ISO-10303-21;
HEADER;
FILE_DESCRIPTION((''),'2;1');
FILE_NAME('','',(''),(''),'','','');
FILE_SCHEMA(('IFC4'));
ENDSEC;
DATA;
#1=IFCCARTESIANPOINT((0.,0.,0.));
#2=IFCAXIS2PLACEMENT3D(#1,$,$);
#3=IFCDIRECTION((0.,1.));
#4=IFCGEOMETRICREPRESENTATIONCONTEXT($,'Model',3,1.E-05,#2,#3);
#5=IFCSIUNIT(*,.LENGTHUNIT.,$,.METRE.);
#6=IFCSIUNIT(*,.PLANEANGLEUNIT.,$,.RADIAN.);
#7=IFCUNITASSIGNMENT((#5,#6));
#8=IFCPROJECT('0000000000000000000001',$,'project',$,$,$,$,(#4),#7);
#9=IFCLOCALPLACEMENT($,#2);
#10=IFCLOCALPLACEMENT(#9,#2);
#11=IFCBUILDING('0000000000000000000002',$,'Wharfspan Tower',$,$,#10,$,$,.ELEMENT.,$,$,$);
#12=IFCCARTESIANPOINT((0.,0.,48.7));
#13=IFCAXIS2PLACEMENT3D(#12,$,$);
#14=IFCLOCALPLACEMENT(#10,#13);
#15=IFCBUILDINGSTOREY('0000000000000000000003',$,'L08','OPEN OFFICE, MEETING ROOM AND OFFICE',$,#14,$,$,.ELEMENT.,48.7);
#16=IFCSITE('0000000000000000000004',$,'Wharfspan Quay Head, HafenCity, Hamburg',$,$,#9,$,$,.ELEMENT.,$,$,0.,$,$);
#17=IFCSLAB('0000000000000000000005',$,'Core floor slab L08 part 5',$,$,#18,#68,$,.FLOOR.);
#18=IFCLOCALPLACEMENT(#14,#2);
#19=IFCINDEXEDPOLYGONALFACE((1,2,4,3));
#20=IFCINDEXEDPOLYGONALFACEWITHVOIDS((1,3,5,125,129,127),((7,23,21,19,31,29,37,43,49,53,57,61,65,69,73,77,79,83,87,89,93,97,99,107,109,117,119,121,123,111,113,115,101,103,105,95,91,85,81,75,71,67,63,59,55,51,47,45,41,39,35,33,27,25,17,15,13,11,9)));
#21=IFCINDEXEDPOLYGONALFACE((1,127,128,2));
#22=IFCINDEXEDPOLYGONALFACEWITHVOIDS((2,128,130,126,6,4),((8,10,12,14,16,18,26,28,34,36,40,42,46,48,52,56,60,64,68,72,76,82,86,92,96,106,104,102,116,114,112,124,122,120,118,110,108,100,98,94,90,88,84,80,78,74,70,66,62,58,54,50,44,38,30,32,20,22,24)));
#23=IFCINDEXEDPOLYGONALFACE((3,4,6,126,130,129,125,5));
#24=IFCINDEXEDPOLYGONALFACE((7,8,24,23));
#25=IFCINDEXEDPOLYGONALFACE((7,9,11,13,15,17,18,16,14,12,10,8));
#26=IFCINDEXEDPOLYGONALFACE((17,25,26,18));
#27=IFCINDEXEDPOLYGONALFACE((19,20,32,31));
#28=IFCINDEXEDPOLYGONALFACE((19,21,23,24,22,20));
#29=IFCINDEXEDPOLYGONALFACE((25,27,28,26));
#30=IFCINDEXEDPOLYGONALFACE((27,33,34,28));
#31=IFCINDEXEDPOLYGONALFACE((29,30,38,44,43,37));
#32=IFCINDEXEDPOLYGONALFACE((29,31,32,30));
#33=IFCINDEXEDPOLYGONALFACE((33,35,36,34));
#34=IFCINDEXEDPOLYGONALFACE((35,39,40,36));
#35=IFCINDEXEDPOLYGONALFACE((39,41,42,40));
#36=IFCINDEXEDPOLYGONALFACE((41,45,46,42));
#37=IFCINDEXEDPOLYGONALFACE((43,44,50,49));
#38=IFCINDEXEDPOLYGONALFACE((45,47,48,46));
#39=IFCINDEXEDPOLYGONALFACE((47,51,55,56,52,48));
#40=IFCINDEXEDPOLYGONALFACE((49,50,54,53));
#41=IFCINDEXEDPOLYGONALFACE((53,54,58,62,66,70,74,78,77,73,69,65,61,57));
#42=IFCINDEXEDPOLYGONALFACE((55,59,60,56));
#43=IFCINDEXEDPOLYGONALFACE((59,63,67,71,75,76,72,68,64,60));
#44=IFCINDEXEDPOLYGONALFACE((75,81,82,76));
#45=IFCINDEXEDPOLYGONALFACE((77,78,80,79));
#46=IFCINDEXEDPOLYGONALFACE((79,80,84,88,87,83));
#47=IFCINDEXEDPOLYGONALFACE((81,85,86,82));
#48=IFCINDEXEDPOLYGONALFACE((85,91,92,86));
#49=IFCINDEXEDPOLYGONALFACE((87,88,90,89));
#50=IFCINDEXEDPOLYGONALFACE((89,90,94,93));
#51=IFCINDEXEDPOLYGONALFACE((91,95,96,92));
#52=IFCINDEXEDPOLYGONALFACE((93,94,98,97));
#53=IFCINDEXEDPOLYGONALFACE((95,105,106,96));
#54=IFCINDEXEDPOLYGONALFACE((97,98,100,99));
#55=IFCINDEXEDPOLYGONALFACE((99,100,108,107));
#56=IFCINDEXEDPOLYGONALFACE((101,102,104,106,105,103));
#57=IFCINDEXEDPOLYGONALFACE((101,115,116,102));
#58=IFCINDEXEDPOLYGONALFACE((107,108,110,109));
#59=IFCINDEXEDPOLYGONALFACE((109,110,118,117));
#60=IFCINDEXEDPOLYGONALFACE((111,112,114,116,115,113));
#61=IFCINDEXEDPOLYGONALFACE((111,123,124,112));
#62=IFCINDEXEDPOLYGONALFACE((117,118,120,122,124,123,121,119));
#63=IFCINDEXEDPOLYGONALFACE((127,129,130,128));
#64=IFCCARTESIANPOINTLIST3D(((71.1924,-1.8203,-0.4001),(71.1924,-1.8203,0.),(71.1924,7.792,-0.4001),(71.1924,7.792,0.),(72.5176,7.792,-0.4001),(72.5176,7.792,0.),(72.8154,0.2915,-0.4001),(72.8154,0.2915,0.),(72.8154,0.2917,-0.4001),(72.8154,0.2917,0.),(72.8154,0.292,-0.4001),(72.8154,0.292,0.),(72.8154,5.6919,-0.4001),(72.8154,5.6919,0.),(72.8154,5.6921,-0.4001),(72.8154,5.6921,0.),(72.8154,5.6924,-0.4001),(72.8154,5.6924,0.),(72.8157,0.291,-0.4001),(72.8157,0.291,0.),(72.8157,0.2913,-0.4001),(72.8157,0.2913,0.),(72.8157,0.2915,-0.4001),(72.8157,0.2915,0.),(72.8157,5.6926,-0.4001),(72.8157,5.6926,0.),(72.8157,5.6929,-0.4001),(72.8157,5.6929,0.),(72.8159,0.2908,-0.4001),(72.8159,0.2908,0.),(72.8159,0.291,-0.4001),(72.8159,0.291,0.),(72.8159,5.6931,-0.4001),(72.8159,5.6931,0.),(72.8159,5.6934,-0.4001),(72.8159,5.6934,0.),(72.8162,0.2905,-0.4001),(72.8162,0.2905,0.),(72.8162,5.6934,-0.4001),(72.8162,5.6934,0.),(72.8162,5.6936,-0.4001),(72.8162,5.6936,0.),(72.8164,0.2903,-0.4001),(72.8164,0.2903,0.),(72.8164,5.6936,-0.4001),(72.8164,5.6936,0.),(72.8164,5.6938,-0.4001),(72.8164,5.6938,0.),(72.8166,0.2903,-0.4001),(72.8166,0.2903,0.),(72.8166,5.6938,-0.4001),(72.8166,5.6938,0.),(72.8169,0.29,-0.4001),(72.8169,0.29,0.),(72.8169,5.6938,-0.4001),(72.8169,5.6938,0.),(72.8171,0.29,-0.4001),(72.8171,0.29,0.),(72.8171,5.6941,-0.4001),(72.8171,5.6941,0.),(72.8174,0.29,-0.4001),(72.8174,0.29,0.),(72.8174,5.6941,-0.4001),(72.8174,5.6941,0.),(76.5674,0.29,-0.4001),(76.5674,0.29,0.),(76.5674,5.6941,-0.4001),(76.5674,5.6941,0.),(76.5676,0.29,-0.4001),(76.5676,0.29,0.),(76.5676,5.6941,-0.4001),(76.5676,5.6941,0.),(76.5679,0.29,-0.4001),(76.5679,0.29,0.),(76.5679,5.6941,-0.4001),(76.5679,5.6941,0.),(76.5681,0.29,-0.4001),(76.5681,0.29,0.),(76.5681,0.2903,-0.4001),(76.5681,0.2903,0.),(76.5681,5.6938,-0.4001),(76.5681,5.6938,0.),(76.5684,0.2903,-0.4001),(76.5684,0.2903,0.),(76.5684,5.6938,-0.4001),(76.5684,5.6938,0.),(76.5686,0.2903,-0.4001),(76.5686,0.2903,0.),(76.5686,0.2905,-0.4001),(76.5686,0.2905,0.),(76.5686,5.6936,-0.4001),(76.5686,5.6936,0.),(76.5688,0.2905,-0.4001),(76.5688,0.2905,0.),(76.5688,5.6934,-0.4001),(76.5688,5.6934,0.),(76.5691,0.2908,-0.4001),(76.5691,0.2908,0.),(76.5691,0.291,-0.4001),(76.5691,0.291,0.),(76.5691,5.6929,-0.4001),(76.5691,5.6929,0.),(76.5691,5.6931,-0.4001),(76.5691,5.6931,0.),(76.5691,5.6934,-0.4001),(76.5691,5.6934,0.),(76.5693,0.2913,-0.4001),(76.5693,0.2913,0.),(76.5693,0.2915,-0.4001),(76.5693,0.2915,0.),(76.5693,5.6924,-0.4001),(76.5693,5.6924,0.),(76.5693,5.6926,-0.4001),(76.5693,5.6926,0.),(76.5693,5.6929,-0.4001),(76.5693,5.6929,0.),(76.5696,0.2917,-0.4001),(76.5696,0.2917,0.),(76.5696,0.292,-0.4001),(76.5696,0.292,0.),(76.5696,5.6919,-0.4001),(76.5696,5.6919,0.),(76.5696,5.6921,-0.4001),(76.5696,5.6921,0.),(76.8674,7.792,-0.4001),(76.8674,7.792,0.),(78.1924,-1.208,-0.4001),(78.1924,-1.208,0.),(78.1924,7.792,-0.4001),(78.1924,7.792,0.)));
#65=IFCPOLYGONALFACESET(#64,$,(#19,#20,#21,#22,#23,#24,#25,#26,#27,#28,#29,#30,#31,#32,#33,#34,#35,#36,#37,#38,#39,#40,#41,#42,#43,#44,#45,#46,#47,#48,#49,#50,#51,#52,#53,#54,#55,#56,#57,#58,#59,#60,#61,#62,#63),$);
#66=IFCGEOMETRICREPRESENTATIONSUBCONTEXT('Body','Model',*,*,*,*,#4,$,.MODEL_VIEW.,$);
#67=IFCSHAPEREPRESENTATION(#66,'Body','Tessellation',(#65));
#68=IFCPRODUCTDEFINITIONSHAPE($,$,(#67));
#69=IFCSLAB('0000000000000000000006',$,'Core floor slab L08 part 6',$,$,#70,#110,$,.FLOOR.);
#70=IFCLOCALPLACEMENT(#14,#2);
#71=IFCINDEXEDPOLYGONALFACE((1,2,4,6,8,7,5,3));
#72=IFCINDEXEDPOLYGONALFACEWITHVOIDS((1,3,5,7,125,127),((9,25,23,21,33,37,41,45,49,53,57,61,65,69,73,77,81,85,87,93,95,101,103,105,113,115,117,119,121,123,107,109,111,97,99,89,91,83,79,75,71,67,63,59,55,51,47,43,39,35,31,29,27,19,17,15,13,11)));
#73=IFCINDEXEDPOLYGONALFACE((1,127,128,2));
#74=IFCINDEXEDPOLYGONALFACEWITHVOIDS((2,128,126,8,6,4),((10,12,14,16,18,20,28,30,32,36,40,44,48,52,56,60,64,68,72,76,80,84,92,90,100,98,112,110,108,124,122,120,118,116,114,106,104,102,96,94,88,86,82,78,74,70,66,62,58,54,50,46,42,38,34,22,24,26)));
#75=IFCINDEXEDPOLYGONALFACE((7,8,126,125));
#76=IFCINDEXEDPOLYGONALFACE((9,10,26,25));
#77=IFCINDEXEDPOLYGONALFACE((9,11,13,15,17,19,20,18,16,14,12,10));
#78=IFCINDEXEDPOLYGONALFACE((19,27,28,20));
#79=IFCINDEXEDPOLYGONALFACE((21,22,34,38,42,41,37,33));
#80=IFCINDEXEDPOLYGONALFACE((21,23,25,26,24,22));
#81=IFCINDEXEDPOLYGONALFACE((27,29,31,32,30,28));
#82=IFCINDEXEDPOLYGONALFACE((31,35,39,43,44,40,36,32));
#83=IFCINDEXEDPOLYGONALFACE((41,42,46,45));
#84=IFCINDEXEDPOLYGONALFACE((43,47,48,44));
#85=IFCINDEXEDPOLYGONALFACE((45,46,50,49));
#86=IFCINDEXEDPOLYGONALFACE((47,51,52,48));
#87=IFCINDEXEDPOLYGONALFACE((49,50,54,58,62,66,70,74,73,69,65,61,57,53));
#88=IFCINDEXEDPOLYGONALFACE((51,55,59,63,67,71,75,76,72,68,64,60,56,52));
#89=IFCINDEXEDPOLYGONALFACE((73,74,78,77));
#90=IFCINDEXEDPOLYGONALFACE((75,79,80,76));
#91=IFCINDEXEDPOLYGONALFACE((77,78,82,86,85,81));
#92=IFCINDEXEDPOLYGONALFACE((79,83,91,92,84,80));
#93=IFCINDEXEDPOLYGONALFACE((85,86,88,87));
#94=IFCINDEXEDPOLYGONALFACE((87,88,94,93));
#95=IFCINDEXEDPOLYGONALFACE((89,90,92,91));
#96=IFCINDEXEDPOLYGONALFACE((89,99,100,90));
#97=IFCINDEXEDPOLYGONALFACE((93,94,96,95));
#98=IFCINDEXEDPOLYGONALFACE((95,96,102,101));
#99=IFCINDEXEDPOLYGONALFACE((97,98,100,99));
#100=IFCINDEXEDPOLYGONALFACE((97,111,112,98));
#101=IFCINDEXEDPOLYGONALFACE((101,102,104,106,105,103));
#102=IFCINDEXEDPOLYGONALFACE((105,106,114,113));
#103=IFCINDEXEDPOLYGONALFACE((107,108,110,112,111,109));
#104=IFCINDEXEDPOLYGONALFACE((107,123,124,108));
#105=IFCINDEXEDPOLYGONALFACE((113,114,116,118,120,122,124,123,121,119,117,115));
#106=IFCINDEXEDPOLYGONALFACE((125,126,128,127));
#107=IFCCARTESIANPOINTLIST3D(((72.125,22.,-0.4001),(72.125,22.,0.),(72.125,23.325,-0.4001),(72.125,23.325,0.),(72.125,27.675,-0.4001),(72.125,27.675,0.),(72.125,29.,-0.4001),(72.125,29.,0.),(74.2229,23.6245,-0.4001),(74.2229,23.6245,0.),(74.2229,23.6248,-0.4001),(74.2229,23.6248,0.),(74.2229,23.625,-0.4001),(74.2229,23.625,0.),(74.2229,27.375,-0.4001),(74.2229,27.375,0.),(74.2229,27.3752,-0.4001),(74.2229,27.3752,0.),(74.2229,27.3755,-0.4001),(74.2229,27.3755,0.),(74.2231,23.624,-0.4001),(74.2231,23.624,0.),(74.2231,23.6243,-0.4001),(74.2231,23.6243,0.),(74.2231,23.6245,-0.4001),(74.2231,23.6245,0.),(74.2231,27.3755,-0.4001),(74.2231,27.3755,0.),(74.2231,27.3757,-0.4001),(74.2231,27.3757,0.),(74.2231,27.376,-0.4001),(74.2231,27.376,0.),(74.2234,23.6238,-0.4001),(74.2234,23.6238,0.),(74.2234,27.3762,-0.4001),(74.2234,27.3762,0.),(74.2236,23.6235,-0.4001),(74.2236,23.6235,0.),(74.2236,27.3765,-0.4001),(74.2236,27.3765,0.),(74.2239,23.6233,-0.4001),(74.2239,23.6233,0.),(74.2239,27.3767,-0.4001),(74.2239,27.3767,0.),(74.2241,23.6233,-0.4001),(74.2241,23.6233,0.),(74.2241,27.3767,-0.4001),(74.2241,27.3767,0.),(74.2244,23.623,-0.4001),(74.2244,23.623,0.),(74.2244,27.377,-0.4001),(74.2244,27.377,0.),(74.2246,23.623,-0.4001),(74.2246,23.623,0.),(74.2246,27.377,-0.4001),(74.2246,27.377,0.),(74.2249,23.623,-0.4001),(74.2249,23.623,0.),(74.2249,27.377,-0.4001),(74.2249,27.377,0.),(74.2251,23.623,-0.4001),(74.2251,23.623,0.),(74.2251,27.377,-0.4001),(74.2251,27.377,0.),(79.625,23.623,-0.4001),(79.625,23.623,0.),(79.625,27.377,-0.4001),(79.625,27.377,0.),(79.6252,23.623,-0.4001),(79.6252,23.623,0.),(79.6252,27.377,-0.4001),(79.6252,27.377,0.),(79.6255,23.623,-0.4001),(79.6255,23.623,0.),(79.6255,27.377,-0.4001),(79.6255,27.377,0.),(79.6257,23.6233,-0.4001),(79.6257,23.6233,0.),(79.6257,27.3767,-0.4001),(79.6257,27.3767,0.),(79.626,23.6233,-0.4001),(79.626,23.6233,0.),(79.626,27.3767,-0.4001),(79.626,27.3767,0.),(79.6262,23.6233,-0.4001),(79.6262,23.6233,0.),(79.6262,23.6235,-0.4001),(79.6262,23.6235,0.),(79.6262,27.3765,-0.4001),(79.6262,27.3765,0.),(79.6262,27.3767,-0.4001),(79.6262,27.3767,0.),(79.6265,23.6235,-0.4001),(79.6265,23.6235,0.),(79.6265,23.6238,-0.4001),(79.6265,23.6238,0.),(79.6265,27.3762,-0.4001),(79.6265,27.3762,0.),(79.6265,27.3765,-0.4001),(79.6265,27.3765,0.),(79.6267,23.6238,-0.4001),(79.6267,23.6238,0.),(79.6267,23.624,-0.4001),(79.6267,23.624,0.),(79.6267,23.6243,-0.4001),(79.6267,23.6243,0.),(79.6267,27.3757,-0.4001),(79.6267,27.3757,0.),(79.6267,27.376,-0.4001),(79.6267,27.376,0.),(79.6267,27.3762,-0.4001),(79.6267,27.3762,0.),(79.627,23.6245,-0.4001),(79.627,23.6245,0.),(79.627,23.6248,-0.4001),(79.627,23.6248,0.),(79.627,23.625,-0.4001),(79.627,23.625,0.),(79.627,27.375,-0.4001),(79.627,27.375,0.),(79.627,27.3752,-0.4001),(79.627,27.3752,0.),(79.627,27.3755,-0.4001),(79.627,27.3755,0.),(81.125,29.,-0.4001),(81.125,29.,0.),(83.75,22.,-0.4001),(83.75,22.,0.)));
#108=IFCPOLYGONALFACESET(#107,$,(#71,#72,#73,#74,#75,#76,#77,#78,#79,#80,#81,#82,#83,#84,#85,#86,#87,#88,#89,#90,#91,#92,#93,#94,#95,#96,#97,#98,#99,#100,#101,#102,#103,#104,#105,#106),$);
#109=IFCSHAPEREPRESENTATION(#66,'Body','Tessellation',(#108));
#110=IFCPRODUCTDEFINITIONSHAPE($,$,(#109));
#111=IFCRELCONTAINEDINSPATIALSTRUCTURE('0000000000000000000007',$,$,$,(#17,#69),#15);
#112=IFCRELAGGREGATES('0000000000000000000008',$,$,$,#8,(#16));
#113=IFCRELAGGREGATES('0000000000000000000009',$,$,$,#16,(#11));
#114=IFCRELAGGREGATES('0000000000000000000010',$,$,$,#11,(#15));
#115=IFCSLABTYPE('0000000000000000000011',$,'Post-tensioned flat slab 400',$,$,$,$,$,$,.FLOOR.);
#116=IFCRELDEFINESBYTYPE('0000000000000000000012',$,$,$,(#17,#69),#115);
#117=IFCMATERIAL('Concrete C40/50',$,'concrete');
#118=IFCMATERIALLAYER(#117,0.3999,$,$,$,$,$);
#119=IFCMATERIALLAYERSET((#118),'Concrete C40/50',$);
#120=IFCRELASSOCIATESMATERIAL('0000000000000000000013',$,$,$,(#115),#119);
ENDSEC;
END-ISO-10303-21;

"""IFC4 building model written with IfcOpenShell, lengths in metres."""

from ifc_helpers import new_model, si_unit, direction, frame, origin, place, context, subcontext, project, spatial, polyline, outline, extrude, material, layer, layer_set, type_object, element, save


model = new_model("IFC4")

# Units and contexts
model_context = context("Model", 3, precision=1e-05, world=origin(), true_north=direction((0.0, 1.0)))
body_context = subcontext(model_context, "Body", "Model", "MODEL_VIEW")
ifc_project = project(units=[si_unit("LENGTHUNIT", "METRE"), si_unit("PLANEANGLEUNIT", "RADIAN")], contexts=[model_context])

# Site, building, storey
site_placement = place(None, origin())
site = spatial("IfcSite", under=ifc_project, at=site_placement, Name="Wharfspan Quay Head, HafenCity, Hamburg", CompositionType="ELEMENT", RefElevation=0.0)
building_placement = place(site_placement, origin())
building = spatial("IfcBuilding", under=site, at=building_placement, Name="Wharfspan Tower", CompositionType="ELEMENT")
storey_placement = place(building_placement, frame((0.0, 0.0, 48.7)))
storey = spatial("IfcBuildingStorey", under=building, at=storey_placement, Name="L08", Description="OPEN OFFICE, MEETING ROOM AND OFFICE", CompositionType="ELEMENT", Elevation=48.7)

# Slabs
ifc_material_1 = material(Name="Concrete C40/50", Category="concrete")
ifc_layer_1 = layer(ifc_material_1, 0.3999)
ifc_layer_set_1 = layer_set([ifc_layer_1], Name="Concrete C40/50")
slab_type = type_object("IfcSlabType", Name="Post-tensioned flat slab 400", PredefinedType="FLOOR", material=ifc_layer_set_1)
slab_1_placement = place(storey_placement, frame((0.0, 0.0, -0.4001)))
element("IfcSlab", 1, at=slab_1_placement, inside=storey, type_object=slab_type, Name="Core floor slab L08 part 5", PredefinedType="FLOOR", context=body_context, shape_type="SweptSolid", body=[
    extrude(outline(polyline([(78.1924, 7.792), (76.8674, 7.792), (72.5176, 7.792), (71.1924, 7.792), (71.1924, -1.8203), (78.1924, -1.208), (78.1924, 7.792)]), holes=[polyline([(76.5674, 5.6941), (76.5676, 5.6941), (76.5679, 5.6941), (76.5681, 5.6938), (76.5681, 5.6938), (76.5684, 5.6938), (76.5686, 5.6936), (76.5686, 5.6936), (76.5688, 5.6934), (76.5691, 5.6934), (76.5691, 5.6931), (76.5691, 5.6929), (76.5693, 5.6929), (76.5693, 5.6926), (76.5693, 5.6924), (76.5696, 5.6921), (76.5696, 5.6919), (76.5696, 0.292), (76.5696, 0.2917), (76.5693, 0.2915), (76.5693, 0.2915), (76.5693, 0.2913), (76.5691, 0.291), (76.5691, 0.291), (76.5691, 0.2908), (76.5688, 0.2905), (76.5686, 0.2905), (76.5686, 0.2903), (76.5684, 0.2903), (76.5681, 0.2903), (76.5681, 0.29), (76.5679, 0.29), (76.5676, 0.29), (76.5674, 0.29), (72.8174, 0.29), (72.8174, 0.29), (72.8171, 0.29), (72.8169, 0.29), (72.8166, 0.2903), (72.8164, 0.2903), (72.8164, 0.2903), (72.8162, 0.2905), (72.8162, 0.2905), (72.8159, 0.2908), (72.8159, 0.291), (72.8157, 0.291), (72.8157, 0.2913), (72.8157, 0.2915), (72.8154, 0.2915), (72.8154, 0.2917), (72.8154, 0.292), (72.8154, 5.6919), (72.8154, 5.6921), (72.8154, 5.6924), (72.8157, 5.6926), (72.8157, 5.6929), (72.8157, 5.6929), (72.8159, 5.6931), (72.8159, 5.6934), (72.8162, 5.6934), (72.8162, 5.6936), (72.8164, 5.6936), (72.8164, 5.6938), (72.8166, 5.6938), (72.8169, 5.6938), (72.8171, 5.6941), (72.8174, 5.6941), (72.8174, 5.6941), (76.5674, 5.6941)])]), origin(), (0.0, 0.0, 1.0), 0.4001),
])
slab_2_placement = place(storey_placement, frame((0.0, 0.0, -0.4001)))
element("IfcSlab", 2, at=slab_2_placement, inside=storey, type_object=slab_type, Name="Core floor slab L08 part 6", PredefinedType="FLOOR", context=body_context, shape_type="SweptSolid", body=[
    extrude(outline(polyline([(81.125, 29.0), (72.125, 29.0), (72.125, 27.675), (72.125, 23.325), (72.125, 22.0), (83.75, 22.0), (81.125, 29.0)]), holes=[polyline([(74.2229, 27.375), (74.2229, 27.3752), (74.2229, 27.3755), (74.2231, 27.3755), (74.2231, 27.3757), (74.2231, 27.376), (74.2234, 27.3762), (74.2234, 27.3762), (74.2236, 27.3765), (74.2236, 27.3765), (74.2239, 27.3767), (74.2241, 27.3767), (74.2241, 27.3767), (74.2244, 27.377), (74.2246, 27.377), (74.2249, 27.377), (74.2251, 27.377), (79.625, 27.377), (79.6252, 27.377), (79.6255, 27.377), (79.6255, 27.377), (79.6257, 27.3767), (79.626, 27.3767), (79.6262, 27.3767), (79.6262, 27.3765), (79.6265, 27.3765), (79.6265, 27.3762), (79.6267, 27.3762), (79.6267, 27.376), (79.6267, 27.3757), (79.627, 27.3755), (79.627, 27.3755), (79.627, 27.3752), (79.627, 27.375), (79.627, 23.625), (79.627, 23.6248), (79.627, 23.6245), (79.627, 23.6245), (79.6267, 23.6243), (79.6267, 23.624), (79.6267, 23.6238), (79.6265, 23.6238), (79.6265, 23.6235), (79.6262, 23.6235), (79.6262, 23.6233), (79.626, 23.6233), (79.6257, 23.6233), (79.6255, 23.623), (79.6255, 23.623), (79.6252, 23.623), (79.625, 23.623), (74.2251, 23.623), (74.2249, 23.623), (74.2246, 23.623), (74.2244, 23.623), (74.2241, 23.6233), (74.2241, 23.6233), (74.2239, 23.6233), (74.2236, 23.6235), (74.2236, 23.6235), (74.2234, 23.6238), (74.2234, 23.6238), (74.2231, 23.624), (74.2231, 23.6243), (74.2231, 23.6245), (74.2229, 23.6245), (74.2229, 23.6248), (74.2229, 23.625), (74.2229, 27.375)])]), origin(), (0.0, 0.0, 1.0), 0.4001),
])

save(model, "model.ifc")
